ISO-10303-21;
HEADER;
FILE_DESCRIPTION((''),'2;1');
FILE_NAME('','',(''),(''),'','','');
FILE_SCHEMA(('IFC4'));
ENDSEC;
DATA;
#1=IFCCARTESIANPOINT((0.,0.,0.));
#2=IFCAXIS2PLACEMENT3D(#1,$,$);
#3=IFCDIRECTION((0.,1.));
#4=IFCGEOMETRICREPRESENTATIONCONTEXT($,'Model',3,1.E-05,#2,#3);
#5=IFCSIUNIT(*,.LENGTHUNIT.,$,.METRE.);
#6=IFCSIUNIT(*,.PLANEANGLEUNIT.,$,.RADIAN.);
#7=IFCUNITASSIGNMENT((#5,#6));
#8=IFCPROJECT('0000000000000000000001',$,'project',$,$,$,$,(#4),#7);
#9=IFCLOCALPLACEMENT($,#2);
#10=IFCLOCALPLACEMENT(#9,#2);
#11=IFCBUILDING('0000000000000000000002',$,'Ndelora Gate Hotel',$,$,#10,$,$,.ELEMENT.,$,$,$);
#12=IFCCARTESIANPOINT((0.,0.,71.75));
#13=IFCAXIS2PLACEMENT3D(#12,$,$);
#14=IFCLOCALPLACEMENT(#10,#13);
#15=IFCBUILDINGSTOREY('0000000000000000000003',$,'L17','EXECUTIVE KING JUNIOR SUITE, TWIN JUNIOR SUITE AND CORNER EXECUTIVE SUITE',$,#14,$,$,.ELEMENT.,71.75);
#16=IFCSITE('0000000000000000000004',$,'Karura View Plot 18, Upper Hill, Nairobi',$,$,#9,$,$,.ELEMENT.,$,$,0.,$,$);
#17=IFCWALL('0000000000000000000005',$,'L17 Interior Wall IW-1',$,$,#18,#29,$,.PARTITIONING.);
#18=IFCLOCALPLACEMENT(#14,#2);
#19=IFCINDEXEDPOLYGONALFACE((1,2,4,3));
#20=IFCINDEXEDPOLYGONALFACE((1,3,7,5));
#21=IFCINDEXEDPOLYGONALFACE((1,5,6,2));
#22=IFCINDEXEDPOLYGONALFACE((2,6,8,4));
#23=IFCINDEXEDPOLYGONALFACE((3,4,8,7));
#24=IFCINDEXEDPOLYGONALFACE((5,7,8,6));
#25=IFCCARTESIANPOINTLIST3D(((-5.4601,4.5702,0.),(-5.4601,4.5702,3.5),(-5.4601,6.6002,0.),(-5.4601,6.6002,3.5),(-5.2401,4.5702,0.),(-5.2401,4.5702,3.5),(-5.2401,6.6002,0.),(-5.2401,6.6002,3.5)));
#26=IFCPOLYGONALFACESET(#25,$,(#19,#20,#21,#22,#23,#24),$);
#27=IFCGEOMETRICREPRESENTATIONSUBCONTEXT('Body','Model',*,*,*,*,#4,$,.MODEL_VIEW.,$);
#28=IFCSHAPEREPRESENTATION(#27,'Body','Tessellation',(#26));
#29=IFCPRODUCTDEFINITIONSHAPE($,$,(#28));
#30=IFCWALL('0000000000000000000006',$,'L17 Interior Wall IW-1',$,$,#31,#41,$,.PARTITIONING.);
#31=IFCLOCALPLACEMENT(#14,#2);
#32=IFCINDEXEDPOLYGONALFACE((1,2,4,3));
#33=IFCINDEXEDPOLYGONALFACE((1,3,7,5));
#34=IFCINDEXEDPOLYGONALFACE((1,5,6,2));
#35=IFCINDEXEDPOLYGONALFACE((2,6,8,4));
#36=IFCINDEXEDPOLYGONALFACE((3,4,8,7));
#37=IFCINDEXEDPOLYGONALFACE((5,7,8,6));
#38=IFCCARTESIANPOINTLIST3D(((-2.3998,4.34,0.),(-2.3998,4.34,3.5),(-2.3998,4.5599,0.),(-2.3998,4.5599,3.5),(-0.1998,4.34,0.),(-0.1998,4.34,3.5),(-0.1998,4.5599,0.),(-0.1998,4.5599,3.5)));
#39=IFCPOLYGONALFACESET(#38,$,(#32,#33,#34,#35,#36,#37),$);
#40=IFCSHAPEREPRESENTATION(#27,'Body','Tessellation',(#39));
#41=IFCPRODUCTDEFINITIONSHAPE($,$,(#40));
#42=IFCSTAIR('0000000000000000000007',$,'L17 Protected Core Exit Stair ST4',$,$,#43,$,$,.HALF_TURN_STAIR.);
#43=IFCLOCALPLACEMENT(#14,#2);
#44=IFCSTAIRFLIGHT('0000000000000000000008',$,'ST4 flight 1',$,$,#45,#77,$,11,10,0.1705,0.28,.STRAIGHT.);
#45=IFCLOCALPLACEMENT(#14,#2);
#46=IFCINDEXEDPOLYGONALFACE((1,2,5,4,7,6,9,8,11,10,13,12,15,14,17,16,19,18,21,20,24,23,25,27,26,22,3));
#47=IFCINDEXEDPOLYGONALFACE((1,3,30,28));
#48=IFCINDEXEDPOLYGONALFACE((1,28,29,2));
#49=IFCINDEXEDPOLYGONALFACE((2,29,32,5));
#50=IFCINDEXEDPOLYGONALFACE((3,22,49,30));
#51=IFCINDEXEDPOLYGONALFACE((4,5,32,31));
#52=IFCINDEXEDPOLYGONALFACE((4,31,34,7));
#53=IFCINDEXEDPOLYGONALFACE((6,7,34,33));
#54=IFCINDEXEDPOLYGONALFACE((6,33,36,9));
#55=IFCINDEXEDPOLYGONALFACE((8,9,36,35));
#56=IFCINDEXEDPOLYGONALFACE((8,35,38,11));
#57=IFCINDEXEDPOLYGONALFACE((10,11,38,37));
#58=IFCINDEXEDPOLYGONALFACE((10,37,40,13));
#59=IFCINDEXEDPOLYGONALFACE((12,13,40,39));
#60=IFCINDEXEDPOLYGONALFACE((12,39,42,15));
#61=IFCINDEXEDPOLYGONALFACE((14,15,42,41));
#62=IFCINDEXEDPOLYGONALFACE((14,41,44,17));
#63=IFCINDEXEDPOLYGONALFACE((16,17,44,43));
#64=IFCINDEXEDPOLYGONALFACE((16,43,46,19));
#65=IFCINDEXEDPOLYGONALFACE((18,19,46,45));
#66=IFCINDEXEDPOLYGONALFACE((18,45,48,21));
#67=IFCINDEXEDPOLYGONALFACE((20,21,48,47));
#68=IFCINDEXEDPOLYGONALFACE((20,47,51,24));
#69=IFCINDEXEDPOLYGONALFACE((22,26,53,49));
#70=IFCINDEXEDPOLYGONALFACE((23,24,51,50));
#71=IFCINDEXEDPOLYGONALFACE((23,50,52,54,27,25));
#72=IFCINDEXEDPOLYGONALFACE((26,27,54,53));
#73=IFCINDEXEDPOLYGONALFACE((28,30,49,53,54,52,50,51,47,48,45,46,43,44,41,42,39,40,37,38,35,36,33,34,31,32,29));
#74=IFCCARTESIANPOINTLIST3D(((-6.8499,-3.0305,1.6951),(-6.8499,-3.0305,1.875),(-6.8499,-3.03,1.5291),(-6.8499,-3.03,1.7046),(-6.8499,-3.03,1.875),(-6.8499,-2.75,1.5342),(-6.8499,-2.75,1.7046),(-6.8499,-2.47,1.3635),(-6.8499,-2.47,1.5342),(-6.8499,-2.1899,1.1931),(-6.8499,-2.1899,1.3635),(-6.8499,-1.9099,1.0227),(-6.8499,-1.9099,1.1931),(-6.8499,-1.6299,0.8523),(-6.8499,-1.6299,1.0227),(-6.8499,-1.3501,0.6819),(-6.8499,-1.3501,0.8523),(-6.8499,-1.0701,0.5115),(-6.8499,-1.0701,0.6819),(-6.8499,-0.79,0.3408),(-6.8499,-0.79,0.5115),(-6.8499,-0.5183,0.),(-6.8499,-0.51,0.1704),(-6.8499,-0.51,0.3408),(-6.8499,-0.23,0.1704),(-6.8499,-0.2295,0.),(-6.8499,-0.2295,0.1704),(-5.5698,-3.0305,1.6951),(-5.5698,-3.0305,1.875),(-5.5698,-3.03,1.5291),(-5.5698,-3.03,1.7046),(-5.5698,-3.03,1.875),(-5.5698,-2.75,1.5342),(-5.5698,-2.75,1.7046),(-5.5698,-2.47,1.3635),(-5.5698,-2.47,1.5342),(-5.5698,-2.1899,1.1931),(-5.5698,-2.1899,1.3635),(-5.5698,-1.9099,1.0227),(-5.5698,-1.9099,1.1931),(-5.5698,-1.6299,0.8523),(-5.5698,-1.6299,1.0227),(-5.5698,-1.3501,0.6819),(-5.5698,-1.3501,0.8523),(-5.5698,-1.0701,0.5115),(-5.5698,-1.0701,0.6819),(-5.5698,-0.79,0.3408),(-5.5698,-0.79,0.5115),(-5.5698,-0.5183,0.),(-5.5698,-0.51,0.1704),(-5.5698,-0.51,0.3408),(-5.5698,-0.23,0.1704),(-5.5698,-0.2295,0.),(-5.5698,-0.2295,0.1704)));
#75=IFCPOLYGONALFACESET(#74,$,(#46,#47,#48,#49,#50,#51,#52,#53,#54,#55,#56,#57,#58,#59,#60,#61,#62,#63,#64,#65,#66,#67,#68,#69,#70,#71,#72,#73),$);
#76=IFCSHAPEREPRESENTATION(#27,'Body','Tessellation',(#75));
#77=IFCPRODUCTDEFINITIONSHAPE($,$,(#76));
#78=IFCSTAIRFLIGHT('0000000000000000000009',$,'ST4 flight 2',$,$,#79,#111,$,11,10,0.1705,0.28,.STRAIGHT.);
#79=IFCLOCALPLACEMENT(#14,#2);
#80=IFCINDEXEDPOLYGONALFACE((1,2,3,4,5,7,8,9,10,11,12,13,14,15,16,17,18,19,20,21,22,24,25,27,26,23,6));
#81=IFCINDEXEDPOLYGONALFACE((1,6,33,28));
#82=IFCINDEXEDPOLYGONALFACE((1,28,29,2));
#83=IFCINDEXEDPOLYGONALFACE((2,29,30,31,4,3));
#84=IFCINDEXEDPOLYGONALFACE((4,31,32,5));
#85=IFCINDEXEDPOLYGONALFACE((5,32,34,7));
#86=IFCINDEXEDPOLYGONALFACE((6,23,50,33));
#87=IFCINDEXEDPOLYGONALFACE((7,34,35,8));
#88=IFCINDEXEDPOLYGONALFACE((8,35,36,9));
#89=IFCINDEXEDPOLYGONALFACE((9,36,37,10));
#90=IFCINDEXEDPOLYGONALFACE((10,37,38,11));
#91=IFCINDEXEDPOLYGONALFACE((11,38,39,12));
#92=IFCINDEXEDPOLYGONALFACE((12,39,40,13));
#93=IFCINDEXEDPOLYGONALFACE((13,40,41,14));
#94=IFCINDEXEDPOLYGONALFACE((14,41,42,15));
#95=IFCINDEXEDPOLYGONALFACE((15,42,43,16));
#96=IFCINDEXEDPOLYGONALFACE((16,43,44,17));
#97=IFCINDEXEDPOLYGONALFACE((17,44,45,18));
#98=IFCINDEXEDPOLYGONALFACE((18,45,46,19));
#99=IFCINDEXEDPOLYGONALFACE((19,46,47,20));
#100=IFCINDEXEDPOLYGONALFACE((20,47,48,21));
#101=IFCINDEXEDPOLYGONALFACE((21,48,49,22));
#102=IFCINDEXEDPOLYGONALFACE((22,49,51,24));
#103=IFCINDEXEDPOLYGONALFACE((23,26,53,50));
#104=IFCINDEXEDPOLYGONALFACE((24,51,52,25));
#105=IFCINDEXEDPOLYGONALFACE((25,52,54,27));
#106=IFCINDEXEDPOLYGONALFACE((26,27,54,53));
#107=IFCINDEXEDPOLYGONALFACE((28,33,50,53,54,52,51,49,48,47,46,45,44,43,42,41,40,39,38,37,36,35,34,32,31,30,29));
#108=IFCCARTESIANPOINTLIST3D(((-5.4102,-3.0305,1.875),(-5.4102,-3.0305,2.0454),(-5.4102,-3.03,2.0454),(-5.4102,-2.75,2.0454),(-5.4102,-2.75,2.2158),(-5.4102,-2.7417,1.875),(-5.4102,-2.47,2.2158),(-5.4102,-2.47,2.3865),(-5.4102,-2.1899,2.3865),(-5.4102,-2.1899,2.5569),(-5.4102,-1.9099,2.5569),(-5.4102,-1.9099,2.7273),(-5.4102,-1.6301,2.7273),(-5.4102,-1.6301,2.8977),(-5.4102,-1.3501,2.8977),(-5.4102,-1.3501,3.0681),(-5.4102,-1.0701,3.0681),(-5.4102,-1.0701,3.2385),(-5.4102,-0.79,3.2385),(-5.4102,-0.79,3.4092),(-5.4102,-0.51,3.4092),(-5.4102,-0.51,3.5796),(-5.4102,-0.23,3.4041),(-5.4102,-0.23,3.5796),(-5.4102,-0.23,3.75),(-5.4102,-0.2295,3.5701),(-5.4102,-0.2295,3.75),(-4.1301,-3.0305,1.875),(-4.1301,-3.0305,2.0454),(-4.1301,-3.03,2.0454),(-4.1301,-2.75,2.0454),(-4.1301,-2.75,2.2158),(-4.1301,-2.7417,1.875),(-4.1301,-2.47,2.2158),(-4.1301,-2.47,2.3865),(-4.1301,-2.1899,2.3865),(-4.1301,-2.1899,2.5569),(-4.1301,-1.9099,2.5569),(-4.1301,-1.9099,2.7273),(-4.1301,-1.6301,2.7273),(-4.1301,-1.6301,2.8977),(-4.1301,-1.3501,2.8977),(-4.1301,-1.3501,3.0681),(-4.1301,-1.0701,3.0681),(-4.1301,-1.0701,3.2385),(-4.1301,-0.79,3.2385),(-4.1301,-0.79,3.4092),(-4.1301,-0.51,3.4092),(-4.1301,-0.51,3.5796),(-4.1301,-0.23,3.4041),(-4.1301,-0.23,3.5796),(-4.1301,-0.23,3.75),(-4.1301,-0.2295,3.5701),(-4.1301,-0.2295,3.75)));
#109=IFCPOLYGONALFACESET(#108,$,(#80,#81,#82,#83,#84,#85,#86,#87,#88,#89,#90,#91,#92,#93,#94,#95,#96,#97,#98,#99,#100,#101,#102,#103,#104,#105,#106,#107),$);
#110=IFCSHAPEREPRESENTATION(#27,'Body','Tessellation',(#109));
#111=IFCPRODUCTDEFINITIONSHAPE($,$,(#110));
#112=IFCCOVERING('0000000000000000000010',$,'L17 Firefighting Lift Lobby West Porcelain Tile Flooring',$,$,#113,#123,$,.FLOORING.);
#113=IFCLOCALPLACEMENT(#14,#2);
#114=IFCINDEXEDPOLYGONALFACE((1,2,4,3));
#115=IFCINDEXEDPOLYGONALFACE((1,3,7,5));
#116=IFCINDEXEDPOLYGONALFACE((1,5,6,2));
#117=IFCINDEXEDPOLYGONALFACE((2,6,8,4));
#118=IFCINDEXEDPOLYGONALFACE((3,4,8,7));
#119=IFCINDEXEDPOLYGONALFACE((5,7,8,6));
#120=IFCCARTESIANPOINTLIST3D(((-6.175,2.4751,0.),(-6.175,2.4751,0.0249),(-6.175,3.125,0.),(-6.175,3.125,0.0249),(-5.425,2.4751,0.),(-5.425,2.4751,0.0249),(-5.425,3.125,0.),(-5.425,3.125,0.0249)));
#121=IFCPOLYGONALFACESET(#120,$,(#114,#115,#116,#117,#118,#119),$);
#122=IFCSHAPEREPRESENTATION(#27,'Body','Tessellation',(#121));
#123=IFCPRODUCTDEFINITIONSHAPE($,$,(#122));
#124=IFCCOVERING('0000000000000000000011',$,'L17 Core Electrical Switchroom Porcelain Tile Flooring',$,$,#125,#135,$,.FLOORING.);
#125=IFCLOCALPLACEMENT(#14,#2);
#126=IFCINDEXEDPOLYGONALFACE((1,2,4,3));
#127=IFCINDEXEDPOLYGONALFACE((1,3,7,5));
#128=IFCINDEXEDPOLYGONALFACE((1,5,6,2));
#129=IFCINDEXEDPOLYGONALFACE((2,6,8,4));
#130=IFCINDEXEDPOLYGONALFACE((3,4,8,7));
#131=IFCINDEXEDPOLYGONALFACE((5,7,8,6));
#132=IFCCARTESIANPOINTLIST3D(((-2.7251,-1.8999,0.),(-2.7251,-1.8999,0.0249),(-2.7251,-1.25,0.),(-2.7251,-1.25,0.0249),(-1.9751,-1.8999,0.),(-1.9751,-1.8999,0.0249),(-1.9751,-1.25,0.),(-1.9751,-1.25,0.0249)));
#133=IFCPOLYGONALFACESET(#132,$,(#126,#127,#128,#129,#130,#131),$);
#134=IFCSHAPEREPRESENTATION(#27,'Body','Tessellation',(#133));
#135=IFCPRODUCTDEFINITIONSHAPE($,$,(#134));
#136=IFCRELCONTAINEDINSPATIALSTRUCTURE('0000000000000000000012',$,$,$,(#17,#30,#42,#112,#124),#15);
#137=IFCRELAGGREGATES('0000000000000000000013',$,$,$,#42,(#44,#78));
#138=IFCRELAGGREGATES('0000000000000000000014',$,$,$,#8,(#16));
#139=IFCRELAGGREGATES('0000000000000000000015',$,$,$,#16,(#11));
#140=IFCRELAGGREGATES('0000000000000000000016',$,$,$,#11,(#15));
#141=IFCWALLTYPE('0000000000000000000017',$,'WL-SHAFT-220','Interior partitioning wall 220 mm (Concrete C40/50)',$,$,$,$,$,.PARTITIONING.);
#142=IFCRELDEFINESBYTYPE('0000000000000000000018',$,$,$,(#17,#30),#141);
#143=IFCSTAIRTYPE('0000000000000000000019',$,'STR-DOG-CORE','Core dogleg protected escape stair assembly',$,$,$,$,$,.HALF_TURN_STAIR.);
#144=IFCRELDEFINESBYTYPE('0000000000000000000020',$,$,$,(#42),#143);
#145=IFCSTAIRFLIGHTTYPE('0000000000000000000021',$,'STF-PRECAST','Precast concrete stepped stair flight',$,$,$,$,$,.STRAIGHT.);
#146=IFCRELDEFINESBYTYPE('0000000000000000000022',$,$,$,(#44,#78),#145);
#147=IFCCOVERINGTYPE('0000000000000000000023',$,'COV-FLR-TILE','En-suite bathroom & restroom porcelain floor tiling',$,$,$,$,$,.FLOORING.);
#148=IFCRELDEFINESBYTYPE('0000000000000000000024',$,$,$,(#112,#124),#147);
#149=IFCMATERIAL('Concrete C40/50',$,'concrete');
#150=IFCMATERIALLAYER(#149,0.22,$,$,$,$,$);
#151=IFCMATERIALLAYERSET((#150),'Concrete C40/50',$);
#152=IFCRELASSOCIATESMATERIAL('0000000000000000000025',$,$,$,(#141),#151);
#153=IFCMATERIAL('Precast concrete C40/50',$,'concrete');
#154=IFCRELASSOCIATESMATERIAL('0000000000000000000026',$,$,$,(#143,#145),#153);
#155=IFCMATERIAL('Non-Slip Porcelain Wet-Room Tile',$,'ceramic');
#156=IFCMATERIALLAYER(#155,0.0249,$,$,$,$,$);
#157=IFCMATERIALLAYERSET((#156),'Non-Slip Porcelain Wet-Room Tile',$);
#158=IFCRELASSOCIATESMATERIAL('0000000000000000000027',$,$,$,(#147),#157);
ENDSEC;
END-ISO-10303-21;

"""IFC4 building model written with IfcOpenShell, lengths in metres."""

from ifc_helpers import new_model, si_unit, direction, frame, frame_2d, origin, origin_2d, place, context, subcontext, project, spatial, polyline, rectangle, outline, extrude, material, layer, layer_set, type_object, element, aggregate, save


model = new_model("IFC4")

# Units and contexts
model_context = context("Model", 3, precision=1e-05, world=origin(), true_north=direction((0.0, 1.0)))
body_context = subcontext(model_context, "Body", "Model", "MODEL_VIEW")
ifc_project = project(units=[si_unit("LENGTHUNIT", "METRE"), si_unit("PLANEANGLEUNIT", "RADIAN")], contexts=[model_context])

# Site, building, storey
site_placement = place(None, origin())
site = spatial("IfcSite", under=ifc_project, at=site_placement, Name="Karura View Plot 18, Upper Hill, Nairobi", CompositionType="ELEMENT", RefElevation=0.0)
building_placement = place(site_placement, origin())
building = spatial("IfcBuilding", under=site, at=building_placement, Name="Ndelora Gate Hotel", CompositionType="ELEMENT")
storey_placement = place(building_placement, frame((0.0, 0.0, 71.75)))
storey = spatial("IfcBuildingStorey", under=building, at=storey_placement, Name="L17", Description="EXECUTIVE KING JUNIOR SUITE, TWIN JUNIOR SUITE AND CORNER EXECUTIVE SUITE", CompositionType="ELEMENT", Elevation=71.75)

# Shared definitions
ifc_material_1 = material(Name="Concrete C40/50", Category="concrete")

# Wall
ifc_layer_1 = layer(ifc_material_1, 0.22)
ifc_layer_set_1 = layer_set([ifc_layer_1], Name="Concrete C40/50")
wall_type_1 = type_object("IfcWallType", Name="WL-SHAFT-220", Description="Interior partitioning wall 220 mm (Concrete C40/50)", PredefinedType="PARTITIONING", material=ifc_layer_set_1)
wall_1_placement = place(storey_placement, frame((-5.3501, 4.5701, 0.0), z_axis=(0.0, 0.0, 1.0), x_axis=(0.0, 1.0, 0.0)))
element("IfcWall", 1, at=wall_1_placement, inside=storey, type_object=wall_type_1, Name="L17 Interior Wall IW-1", PredefinedType="PARTITIONING", context=body_context, shape_type="SweptSolid", body=[
    extrude(rectangle(XDim=2.03, YDim=0.22, at=frame_2d((1.0151, 0.0))), origin(), (0.0, 0.0, 1.0), 3.5),
])

# Wall
wall_2_placement = place(storey_placement, frame((-2.3999, 4.45, 0.0), z_axis=(0.0, 0.0, 1.0), x_axis=(1.0, 0.0, 0.0)))
element("IfcWall", 2, at=wall_2_placement, inside=storey, type_object=wall_type_1, Name="L17 Interior Wall IW-1", PredefinedType="PARTITIONING", context=body_context, shape_type="SweptSolid", body=[
    extrude(rectangle(XDim=2.2, YDim=0.22, at=frame_2d((1.1001, 0.0))), origin(), (0.0, 0.0, 1.0), 3.5),
])

# Stair, stair flights
ifc_material_2 = material(Name="Precast concrete C40/50", Category="concrete")
stair_type = type_object("IfcStairType", Name="STR-DOG-CORE", Description="Core dogleg protected escape stair assembly", PredefinedType="HALF_TURN_STAIR", material=ifc_material_2)
stair_placement = place(storey_placement, origin())
stair = element("IfcStair", 3, at=stair_placement, inside=storey, type_object=stair_type, Name="L17 Protected Core Exit Stair ST4", PredefinedType="HALF_TURN_STAIR")
stair_flight_type = type_object("IfcStairFlightType", Name="STF-PRECAST", Description="Precast concrete stepped stair flight", PredefinedType="STRAIGHT", material=ifc_material_2)
stair_flight_1_placement = place(storey_placement, frame((-6.21, -0.23, 0.0), z_axis=(0.0, 0.0, 1.0), x_axis=(0.0, -1.0, 0.0)))
stair_flight_1 = element("IfcStairFlight", 4, at=stair_flight_1_placement, type_object=stair_flight_type, Name="ST4 flight 1", NumberOfRisers=11, NumberOfTreads=10, PredefinedType="STRAIGHT", RiserHeight=0.1705, TreadLength=0.28, context=body_context, shape_type="SweptSolid", body=[
    extrude(outline(polyline([(-0.0005, 0.0), (-0.0005, 0.1704), (0.0, 0.1704), (0.28, 0.1704), (0.28, 0.3408), (0.5601, 0.3408), (0.5601, 0.5115), (0.8401, 0.5115), (0.8401, 0.6819), (1.1201, 0.6819), (1.1201, 0.8523), (1.3999, 0.8523), (1.3999, 1.0227), (1.6799, 1.0227), (1.6799, 1.1931), (1.96, 1.1931), (1.96, 1.3635), (2.24, 1.3635), (2.24, 1.5342), (2.52, 1.5342), (2.52, 1.7046), (2.8, 1.7046), (2.8, 1.875), (2.8005, 1.875), (2.8005, 1.6951), (2.8, 1.5291), (0.2883, 0.0), (-0.0005, 0.0)])), frame((0.0, 0.6401, 0.0), z_axis=(0.0, -1.0, 0.0), x_axis=(1.0, 0.0, 0.0)), (0.0, 0.0, 1.0), 1.28),
])
stair_flight_2_placement = place(storey_placement, frame((-4.77, -3.03, 1.875), z_axis=(0.0, 0.0, 1.0), x_axis=(0.0, 1.0, 0.0)))
stair_flight_2 = element("IfcStairFlight", 5, at=stair_flight_2_placement, type_object=stair_flight_type, Name="ST4 flight 2", NumberOfRisers=11, NumberOfTreads=10, PredefinedType="STRAIGHT", RiserHeight=0.1705, TreadLength=0.28, context=body_context, shape_type="SweptSolid", body=[
    extrude(outline(polyline([(-0.0005, 0.0), (-0.0005, 0.1704), (0.0, 0.1704), (0.28, 0.1704), (0.28, 0.3408), (0.5601, 0.3408), (0.5601, 0.5115), (0.8401, 0.5115), (0.8401, 0.6819), (1.1201, 0.6819), (1.1201, 0.8523), (1.3999, 0.8523), (1.3999, 1.0227), (1.6799, 1.0227), (1.6799, 1.1931), (1.96, 1.1931), (1.96, 1.3635), (2.24, 1.3635), (2.24, 1.5342), (2.52, 1.5342), (2.52, 1.7046), (2.8, 1.7046), (2.8, 1.875), (2.8005, 1.875), (2.8005, 1.6951), (2.8, 1.5291), (0.2883, 0.0), (-0.0005, 0.0)])), frame((0.0, 0.6401, 0.0), z_axis=(0.0, -1.0, 0.0), x_axis=(1.0, 0.0, 0.0)), (0.0, 0.0, 1.0), 1.28),
])
aggregate(stair, [stair_flight_1, stair_flight_2])

# Coverings
ifc_material_3 = material(Name="Non-Slip Porcelain Wet-Room Tile", Category="ceramic")
ifc_layer_2 = layer(ifc_material_3, 0.0249)
ifc_layer_set_2 = layer_set([ifc_layer_2], Name="Non-Slip Porcelain Wet-Room Tile")
covering_type = type_object("IfcCoveringType", Name="COV-FLR-TILE", Description="En-suite bathroom & restroom porcelain floor tiling", PredefinedType="FLOORING", material=ifc_layer_set_2)
for number, where, z_axis, x_axis, name in (
    (6, (-5.8, 2.8, 0.0), (0.0, 0.0, 1.0), (1.0, 0.0, 0.0), "L17 Firefighting Lift Lobby West Porcelain Tile Flooring"),
    (7, (-2.3501, -1.575, 0.0), (0.0, 0.0, 1.0), (1.0, 0.0, 0.0), "L17 Core Electrical Switchroom Porcelain Tile Flooring"),
):
    element("IfcCovering", number, at=place(storey_placement, frame(where, z_axis=z_axis, x_axis=x_axis)), inside=storey, type_object=covering_type, Name=name, PredefinedType="FLOORING", context=body_context, shape_type="SweptSolid", body=[
        extrude(rectangle(XDim=0.75, YDim=0.6499, at=origin_2d()), origin(), (0.0, 0.0, 1.0), 0.0249),
    ])

save(model, "model.ifc")
